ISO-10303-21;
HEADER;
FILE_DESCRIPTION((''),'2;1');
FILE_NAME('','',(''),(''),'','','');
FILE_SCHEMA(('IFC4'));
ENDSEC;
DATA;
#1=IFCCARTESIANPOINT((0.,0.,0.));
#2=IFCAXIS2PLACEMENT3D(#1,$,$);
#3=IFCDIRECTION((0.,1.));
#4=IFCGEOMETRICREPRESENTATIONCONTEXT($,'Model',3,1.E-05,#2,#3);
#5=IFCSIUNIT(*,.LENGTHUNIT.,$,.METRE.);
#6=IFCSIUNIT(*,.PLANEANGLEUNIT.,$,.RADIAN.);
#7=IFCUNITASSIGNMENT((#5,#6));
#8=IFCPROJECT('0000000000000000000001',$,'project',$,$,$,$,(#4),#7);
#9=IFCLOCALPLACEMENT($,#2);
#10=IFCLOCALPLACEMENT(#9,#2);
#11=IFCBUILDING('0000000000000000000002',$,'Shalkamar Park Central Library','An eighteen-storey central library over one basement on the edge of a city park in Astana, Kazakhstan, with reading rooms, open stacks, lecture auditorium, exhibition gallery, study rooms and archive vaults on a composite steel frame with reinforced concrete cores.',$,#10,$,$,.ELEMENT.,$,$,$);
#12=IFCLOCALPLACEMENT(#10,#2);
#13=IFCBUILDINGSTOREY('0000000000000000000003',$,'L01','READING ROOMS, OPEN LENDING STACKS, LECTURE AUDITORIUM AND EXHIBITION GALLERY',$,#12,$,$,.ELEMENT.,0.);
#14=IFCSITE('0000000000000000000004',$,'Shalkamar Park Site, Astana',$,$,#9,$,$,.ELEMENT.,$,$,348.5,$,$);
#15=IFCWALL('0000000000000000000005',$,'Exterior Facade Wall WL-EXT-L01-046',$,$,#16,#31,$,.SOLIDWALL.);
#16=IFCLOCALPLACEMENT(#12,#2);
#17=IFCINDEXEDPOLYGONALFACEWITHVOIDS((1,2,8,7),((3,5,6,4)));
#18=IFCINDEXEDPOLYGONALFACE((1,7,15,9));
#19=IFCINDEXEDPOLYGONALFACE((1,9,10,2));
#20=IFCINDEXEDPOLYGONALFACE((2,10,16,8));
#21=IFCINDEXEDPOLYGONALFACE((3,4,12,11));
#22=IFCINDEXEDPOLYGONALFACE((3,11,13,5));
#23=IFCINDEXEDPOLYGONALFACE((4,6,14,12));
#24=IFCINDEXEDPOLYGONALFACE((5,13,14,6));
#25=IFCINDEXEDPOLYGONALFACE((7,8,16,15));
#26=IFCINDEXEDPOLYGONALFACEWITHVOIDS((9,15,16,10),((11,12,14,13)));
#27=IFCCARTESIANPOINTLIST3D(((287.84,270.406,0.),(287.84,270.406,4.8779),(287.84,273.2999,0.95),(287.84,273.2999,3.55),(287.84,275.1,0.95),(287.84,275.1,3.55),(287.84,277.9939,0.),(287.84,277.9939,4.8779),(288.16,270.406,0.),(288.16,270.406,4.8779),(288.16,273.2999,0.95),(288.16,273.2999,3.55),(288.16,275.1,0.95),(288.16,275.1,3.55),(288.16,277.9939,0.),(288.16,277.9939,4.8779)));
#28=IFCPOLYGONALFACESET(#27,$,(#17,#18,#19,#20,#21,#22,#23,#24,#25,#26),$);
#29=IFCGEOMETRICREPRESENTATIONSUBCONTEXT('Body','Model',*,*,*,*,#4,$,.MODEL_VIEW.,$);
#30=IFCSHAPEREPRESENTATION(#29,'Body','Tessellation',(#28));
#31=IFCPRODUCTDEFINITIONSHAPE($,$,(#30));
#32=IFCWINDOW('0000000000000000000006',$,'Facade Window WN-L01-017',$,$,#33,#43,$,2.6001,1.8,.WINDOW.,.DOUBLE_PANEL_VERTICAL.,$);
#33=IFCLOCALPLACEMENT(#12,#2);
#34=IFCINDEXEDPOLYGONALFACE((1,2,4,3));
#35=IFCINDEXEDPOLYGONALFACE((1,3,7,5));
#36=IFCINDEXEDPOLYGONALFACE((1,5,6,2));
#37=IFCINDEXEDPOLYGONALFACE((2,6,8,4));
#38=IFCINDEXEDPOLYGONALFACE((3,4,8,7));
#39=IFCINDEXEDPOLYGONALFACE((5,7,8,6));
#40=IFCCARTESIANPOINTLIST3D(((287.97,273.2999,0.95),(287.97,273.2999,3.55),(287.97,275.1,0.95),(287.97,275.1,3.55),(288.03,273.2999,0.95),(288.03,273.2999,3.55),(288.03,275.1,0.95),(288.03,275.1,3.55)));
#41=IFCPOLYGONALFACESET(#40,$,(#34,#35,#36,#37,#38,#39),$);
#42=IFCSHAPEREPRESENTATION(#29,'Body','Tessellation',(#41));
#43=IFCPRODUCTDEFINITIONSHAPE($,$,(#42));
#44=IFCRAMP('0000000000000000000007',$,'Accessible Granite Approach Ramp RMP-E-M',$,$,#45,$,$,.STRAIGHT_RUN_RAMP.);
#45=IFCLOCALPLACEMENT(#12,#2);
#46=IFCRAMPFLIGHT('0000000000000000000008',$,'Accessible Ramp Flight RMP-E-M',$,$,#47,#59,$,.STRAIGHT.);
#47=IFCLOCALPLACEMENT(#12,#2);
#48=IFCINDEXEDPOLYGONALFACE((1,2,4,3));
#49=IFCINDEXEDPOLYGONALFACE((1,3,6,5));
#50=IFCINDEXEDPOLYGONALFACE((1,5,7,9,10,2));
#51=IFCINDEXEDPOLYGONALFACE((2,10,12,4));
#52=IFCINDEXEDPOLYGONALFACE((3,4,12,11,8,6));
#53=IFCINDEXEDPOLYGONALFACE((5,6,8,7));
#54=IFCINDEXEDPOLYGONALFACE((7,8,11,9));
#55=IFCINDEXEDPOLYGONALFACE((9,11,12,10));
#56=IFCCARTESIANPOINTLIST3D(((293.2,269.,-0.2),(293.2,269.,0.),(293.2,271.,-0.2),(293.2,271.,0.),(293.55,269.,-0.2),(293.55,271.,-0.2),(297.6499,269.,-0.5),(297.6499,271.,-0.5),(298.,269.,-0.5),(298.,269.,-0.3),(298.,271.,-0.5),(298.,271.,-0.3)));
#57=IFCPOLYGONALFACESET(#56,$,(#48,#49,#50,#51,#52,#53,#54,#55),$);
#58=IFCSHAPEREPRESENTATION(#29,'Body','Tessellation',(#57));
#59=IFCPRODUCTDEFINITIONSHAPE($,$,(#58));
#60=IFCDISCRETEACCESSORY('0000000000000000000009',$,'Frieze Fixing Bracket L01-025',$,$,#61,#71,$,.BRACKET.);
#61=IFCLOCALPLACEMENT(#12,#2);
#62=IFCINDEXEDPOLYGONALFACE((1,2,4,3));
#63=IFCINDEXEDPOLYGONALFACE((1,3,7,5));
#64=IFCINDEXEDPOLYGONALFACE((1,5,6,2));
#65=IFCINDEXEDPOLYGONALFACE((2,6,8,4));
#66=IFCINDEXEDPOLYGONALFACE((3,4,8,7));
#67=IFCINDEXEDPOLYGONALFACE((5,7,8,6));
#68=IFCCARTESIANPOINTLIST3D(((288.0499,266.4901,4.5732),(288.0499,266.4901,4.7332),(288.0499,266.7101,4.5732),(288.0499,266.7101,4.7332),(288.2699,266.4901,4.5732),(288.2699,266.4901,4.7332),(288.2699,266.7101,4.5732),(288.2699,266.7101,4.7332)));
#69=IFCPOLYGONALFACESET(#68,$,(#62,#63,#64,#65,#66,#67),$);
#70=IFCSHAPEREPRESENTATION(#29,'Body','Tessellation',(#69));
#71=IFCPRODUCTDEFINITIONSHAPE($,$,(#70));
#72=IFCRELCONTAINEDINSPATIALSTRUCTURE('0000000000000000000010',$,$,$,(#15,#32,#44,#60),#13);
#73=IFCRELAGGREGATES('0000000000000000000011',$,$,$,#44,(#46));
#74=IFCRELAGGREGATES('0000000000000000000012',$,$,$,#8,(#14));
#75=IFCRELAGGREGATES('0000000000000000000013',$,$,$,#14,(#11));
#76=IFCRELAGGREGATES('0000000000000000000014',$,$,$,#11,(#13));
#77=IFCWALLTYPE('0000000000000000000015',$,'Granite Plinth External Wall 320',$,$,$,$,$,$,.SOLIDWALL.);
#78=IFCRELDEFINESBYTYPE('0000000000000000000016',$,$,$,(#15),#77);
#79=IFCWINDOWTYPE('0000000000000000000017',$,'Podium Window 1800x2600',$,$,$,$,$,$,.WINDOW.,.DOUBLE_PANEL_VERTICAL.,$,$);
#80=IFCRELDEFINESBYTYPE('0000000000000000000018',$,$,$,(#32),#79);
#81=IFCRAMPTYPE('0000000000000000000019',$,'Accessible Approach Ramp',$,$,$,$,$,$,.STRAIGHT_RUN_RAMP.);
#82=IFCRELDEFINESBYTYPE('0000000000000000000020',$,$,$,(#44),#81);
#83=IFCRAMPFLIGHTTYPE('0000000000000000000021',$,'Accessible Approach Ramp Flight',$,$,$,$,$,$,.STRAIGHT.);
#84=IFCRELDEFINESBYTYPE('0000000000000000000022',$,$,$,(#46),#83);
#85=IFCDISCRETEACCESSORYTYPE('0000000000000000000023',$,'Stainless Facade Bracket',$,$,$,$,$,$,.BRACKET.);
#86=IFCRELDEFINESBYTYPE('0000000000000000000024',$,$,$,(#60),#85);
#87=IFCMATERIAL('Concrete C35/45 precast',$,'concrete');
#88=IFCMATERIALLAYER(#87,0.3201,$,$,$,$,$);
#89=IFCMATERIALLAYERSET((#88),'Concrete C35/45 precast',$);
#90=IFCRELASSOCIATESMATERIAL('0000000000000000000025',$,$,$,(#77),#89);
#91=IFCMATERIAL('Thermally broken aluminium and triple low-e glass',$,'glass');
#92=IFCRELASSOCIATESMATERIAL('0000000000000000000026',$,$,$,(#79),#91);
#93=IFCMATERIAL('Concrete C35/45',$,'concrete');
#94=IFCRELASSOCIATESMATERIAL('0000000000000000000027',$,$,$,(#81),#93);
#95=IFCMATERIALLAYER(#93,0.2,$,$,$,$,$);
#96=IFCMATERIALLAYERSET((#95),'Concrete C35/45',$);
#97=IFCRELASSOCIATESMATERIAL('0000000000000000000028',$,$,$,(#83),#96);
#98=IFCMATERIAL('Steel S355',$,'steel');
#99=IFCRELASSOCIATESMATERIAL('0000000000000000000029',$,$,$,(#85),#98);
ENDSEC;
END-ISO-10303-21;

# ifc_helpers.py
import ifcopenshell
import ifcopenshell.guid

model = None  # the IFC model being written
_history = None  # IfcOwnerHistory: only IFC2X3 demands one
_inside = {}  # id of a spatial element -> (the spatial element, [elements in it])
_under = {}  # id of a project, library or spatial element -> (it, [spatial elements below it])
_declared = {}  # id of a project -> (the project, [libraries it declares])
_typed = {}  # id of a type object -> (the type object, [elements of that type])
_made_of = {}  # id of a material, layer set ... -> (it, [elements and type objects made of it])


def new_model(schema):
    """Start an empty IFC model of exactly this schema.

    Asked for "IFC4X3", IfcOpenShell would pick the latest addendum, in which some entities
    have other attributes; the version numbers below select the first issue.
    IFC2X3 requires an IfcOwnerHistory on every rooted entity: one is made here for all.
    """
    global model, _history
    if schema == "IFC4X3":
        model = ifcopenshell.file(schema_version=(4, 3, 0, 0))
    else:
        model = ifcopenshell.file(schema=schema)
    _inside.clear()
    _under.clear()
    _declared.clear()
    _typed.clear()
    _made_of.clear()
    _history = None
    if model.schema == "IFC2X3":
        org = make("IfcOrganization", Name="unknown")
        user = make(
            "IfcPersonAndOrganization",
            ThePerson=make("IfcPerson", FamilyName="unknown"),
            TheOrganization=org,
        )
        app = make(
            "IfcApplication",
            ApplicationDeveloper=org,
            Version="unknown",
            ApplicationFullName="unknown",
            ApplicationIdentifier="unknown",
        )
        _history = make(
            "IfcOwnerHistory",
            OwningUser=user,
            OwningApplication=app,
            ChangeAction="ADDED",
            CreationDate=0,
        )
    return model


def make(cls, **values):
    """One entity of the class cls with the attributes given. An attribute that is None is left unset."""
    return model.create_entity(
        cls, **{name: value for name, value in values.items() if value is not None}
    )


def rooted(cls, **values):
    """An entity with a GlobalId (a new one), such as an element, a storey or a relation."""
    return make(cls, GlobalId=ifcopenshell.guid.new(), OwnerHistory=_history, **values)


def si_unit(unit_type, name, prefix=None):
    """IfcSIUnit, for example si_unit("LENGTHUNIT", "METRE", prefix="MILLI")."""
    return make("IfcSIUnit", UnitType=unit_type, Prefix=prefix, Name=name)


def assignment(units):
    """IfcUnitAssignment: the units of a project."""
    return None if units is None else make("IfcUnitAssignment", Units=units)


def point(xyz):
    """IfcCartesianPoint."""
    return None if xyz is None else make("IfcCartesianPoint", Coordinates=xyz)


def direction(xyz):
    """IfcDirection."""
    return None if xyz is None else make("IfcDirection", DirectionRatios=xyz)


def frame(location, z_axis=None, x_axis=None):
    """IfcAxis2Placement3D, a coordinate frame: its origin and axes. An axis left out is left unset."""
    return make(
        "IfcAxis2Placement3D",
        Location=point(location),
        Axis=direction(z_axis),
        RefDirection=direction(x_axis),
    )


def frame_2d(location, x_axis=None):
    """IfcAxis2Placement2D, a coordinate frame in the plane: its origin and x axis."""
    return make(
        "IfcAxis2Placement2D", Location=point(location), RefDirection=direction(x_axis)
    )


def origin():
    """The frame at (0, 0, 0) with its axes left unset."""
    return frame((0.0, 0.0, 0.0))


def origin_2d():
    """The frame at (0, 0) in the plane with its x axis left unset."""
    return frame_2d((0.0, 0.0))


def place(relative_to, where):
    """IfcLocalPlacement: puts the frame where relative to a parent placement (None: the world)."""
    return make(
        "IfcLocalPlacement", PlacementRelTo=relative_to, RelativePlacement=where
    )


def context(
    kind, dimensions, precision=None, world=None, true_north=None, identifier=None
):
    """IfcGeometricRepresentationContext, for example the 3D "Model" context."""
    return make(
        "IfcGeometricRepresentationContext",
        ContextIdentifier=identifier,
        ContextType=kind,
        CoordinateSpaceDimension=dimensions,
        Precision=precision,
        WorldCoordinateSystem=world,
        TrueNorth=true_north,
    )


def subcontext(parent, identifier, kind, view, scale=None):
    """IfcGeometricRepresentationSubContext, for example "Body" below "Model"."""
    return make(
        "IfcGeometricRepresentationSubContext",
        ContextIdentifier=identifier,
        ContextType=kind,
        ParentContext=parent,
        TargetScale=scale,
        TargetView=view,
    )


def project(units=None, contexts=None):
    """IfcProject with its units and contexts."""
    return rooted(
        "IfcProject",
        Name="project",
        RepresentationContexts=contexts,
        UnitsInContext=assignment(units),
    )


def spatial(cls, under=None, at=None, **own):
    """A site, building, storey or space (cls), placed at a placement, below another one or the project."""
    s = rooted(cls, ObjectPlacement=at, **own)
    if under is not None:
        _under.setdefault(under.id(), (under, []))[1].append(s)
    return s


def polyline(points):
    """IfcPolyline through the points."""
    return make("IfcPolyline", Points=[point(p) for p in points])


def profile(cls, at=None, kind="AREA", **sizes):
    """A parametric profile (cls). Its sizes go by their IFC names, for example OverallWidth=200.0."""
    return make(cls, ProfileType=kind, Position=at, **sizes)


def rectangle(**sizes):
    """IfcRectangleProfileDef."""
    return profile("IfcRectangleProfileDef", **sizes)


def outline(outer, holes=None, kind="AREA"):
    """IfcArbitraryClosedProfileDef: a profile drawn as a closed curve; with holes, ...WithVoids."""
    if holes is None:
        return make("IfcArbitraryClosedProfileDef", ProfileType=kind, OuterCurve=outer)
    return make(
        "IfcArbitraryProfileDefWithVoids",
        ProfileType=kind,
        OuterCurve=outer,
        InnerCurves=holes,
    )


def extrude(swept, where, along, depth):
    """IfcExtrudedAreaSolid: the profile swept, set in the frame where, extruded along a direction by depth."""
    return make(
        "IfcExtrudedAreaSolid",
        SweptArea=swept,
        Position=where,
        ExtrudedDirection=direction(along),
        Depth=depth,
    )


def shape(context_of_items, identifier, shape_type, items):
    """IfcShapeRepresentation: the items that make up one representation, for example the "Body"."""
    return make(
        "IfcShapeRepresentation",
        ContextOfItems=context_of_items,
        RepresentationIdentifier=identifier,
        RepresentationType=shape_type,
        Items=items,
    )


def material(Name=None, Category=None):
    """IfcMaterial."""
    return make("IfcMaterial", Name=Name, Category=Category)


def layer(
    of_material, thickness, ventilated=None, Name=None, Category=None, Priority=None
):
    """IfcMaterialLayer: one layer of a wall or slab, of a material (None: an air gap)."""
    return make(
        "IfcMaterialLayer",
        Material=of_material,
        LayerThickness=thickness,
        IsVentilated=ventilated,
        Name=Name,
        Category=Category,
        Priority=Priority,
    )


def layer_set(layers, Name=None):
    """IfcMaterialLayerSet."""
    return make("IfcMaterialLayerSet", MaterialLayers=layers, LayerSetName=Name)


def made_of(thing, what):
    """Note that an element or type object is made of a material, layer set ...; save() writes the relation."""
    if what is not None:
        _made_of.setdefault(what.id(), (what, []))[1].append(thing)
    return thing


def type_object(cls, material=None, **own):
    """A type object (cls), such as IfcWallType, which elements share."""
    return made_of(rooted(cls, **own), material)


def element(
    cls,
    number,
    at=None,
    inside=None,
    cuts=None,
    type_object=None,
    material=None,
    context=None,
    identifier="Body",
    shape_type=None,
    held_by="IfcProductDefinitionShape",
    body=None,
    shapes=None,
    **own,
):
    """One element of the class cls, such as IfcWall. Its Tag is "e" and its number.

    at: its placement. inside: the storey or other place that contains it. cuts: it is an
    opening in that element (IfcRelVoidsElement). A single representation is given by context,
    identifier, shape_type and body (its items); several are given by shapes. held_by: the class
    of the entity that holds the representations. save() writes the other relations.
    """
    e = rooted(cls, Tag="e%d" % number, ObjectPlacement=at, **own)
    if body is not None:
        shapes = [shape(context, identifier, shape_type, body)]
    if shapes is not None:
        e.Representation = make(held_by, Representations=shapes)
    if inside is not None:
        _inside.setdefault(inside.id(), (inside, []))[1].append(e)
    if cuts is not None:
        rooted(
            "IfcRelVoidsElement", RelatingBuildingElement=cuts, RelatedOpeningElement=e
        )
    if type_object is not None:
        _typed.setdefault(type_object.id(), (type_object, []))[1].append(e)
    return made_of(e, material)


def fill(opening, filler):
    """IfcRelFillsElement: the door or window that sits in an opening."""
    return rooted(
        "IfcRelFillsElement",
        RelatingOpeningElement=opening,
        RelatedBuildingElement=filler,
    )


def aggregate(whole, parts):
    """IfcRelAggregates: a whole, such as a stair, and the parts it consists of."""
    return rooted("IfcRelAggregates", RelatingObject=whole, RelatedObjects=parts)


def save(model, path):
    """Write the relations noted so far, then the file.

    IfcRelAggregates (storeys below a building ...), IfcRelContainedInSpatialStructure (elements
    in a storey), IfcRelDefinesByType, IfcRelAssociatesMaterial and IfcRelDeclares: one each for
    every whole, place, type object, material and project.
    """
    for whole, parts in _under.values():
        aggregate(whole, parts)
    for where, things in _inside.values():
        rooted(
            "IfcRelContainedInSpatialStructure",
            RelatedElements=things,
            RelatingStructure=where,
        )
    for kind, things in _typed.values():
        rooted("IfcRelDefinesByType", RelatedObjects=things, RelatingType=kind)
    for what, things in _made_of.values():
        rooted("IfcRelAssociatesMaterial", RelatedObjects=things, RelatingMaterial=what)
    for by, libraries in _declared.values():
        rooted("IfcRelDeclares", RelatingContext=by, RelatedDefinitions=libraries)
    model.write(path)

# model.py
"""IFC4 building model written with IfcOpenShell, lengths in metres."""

from ifc_helpers import new_model, si_unit, direction, frame, frame_2d, origin, origin_2d, place, context, subcontext, project, spatial, polyline, rectangle, outline, extrude, material, layer, layer_set, type_object, element, fill, aggregate, save


model = new_model("IFC4")

# Units and contexts
model_context = context("Model", 3, precision=1e-05, world=origin(), true_north=direction((0.0, 1.0)))
body_context = subcontext(model_context, "Body", "Model", "MODEL_VIEW")
ifc_project = project(units=[si_unit("LENGTHUNIT", "METRE"), si_unit("PLANEANGLEUNIT", "RADIAN")], contexts=[model_context])

# Site, building, storey
site_placement = place(None, origin())
site = spatial("IfcSite", under=ifc_project, at=site_placement, Name="Shalkamar Park Site, Astana", CompositionType="ELEMENT", RefElevation=348.5)
building_placement = place(site_placement, origin())
building = spatial("IfcBuilding", under=site, at=building_placement, Name="Shalkamar Park Central Library", Description="An eighteen-storey central library over one basement on the edge of a city park in Astana, Kazakhstan, with reading rooms, open stacks, lecture auditorium, exhibition gallery, study rooms and archive vaults on a composite steel frame with reinforced concrete cores.", CompositionType="ELEMENT")
storey_placement = place(building_placement, origin())
storey = spatial("IfcBuildingStorey", under=building, at=storey_placement, Name="L01", Description="READING ROOMS, OPEN LENDING STACKS, LECTURE AUDITORIUM AND EXHIBITION GALLERY", CompositionType="ELEMENT", Elevation=0.0)

# Shared definitions
ifc_material_1 = material(Name="Steel S355", Category="steel")

# Shared definitions
ifc_material_2 = material(Name="Concrete C35/45 precast", Category="concrete")
ifc_layer_1 = layer(ifc_material_2, 0.3201)
ifc_layer_set_1 = layer_set([ifc_layer_1], Name="Concrete C35/45 precast")
wall_type = type_object("IfcWallType", Name="Granite Plinth External Wall 320", PredefinedType="SOLIDWALL", material=ifc_layer_set_1)
ifc_material_3 = material(Name="Thermally broken aluminium and triple low-e glass", Category="glass")

# Wall, opening, window
wall_1_placement = place(storey_placement, frame((288.0, 270.406, 0.0), z_axis=(0.0, 0.0, 1.0), x_axis=(0.0, 1.0, 0.0)))
wall_1 = element("IfcWall", 1, at=wall_1_placement, inside=storey, type_object=wall_type, Name="Exterior Facade Wall WL-EXT-L01-046", PredefinedType="SOLIDWALL", context=body_context, shape_type="SweptSolid", body=[
    extrude(rectangle(XDim=7.5879, YDim=0.3201, at=frame_2d((3.7939, 0.0))), origin(), (0.0, 0.0, 1.0), 4.8779),
])
opening_1_placement = place(wall_1_placement, frame((2.894, 0.0, 0.95)))
opening_1 = element("IfcOpeningElement", 2, at=opening_1_placement, cuts=wall_1, PredefinedType="OPENING", context=body_context, shape_type="SweptSolid", body=[
    extrude(rectangle(XDim=1.8, YDim=2.6001, at=frame_2d((0.8999, 1.3))), frame((0.0, 0.1748, 0.0), z_axis=(0.0, -1.0, 0.0), x_axis=(1.0, 0.0, 0.0)), (0.0, 0.0, 1.0), 0.3499),
])
window_type_1 = type_object("IfcWindowType", Name="Podium Window 1800x2600", PartitioningType="DOUBLE_PANEL_VERTICAL", PredefinedType="WINDOW", material=ifc_material_3)
window_1_placement = place(opening_1_placement, origin())
window_1 = element("IfcWindow", 3, at=window_1_placement, inside=storey, type_object=window_type_1, Name="Facade Window WN-L01-017", OverallHeight=2.6001, OverallWidth=1.8, PartitioningType="DOUBLE_PANEL_VERTICAL", PredefinedType="WINDOW", context=body_context, shape_type="SweptSolid", body=[
    extrude(rectangle(XDim=1.8, YDim=2.6001, at=frame_2d((0.8999, 1.3))), frame((0.0, 0.03, 0.0), z_axis=(0.0, -1.0, 0.0), x_axis=(1.0, 0.0, 0.0)), (0.0, 0.0, 1.0), 0.0601),
])
fill(opening_1, window_1)

# Ramp, ramp flight
ifc_material_4 = material(Name="Concrete C35/45", Category="concrete")
ramp_type = type_object("IfcRampType", Name="Accessible Approach Ramp", PredefinedType="STRAIGHT_RUN_RAMP", material=ifc_material_4)
ramp_placement = place(storey_placement, origin())
ramp = element("IfcRamp", 4, at=ramp_placement, inside=storey, type_object=ramp_type, Name="Accessible Granite Approach Ramp RMP-E-M", PredefinedType="STRAIGHT_RUN_RAMP")
ifc_layer_2 = layer(ifc_material_4, 0.2)
ifc_layer_set_2 = layer_set([ifc_layer_2], Name="Concrete C35/45")
ramp_flight_type = type_object("IfcRampFlightType", Name="Accessible Approach Ramp Flight", PredefinedType="STRAIGHT", material=ifc_layer_set_2)
ramp_flight_placement = place(storey_placement, frame((298.0, 270.0, -0.3), z_axis=(0.0, 0.0, 1.0), x_axis=(-1.0, 0.0, 0.0)))
ramp_flight = element("IfcRampFlight", 5, at=ramp_flight_placement, type_object=ramp_flight_type, Name="Accessible Ramp Flight RMP-E-M", PredefinedType="STRAIGHT", context=body_context, shape_type="SweptSolid", body=[
    extrude(outline(polyline([(0.0, 0.0), (0.0, -0.2), (0.3501, -0.2), (4.45, 0.1001), (4.8, 0.1001), (4.8, 0.3), (0.0, 0.0)])), frame((0.0, 1.0, 0.0), z_axis=(0.0, -1.0, 0.0), x_axis=(1.0, 0.0, 0.0)), (0.0, 0.0, 1.0), 2.0),
])
aggregate(ramp, [ramp_flight])

# Discrete accessory
discrete_accessory_type = type_object("IfcDiscreteAccessoryType", Name="Stainless Facade Bracket", PredefinedType="BRACKET", material=ifc_material_1)
discrete_accessory_placement = place(storey_placement, frame((288.1599, 266.6001, 4.5732), z_axis=(0.0, 0.0, 1.0), x_axis=(1.0, 0.0, 0.0)))
element("IfcDiscreteAccessory", 6, at=discrete_accessory_placement, inside=storey, type_object=discrete_accessory_type, Name="Frieze Fixing Bracket L01-025", PredefinedType="BRACKET", context=body_context, shape_type="SweptSolid", body=[
    extrude(rectangle(XDim=0.22, YDim=0.22, at=origin_2d()), origin(), (0.0, 0.0, 1.0), 0.1599),
])

save(model, "model.ifc")
